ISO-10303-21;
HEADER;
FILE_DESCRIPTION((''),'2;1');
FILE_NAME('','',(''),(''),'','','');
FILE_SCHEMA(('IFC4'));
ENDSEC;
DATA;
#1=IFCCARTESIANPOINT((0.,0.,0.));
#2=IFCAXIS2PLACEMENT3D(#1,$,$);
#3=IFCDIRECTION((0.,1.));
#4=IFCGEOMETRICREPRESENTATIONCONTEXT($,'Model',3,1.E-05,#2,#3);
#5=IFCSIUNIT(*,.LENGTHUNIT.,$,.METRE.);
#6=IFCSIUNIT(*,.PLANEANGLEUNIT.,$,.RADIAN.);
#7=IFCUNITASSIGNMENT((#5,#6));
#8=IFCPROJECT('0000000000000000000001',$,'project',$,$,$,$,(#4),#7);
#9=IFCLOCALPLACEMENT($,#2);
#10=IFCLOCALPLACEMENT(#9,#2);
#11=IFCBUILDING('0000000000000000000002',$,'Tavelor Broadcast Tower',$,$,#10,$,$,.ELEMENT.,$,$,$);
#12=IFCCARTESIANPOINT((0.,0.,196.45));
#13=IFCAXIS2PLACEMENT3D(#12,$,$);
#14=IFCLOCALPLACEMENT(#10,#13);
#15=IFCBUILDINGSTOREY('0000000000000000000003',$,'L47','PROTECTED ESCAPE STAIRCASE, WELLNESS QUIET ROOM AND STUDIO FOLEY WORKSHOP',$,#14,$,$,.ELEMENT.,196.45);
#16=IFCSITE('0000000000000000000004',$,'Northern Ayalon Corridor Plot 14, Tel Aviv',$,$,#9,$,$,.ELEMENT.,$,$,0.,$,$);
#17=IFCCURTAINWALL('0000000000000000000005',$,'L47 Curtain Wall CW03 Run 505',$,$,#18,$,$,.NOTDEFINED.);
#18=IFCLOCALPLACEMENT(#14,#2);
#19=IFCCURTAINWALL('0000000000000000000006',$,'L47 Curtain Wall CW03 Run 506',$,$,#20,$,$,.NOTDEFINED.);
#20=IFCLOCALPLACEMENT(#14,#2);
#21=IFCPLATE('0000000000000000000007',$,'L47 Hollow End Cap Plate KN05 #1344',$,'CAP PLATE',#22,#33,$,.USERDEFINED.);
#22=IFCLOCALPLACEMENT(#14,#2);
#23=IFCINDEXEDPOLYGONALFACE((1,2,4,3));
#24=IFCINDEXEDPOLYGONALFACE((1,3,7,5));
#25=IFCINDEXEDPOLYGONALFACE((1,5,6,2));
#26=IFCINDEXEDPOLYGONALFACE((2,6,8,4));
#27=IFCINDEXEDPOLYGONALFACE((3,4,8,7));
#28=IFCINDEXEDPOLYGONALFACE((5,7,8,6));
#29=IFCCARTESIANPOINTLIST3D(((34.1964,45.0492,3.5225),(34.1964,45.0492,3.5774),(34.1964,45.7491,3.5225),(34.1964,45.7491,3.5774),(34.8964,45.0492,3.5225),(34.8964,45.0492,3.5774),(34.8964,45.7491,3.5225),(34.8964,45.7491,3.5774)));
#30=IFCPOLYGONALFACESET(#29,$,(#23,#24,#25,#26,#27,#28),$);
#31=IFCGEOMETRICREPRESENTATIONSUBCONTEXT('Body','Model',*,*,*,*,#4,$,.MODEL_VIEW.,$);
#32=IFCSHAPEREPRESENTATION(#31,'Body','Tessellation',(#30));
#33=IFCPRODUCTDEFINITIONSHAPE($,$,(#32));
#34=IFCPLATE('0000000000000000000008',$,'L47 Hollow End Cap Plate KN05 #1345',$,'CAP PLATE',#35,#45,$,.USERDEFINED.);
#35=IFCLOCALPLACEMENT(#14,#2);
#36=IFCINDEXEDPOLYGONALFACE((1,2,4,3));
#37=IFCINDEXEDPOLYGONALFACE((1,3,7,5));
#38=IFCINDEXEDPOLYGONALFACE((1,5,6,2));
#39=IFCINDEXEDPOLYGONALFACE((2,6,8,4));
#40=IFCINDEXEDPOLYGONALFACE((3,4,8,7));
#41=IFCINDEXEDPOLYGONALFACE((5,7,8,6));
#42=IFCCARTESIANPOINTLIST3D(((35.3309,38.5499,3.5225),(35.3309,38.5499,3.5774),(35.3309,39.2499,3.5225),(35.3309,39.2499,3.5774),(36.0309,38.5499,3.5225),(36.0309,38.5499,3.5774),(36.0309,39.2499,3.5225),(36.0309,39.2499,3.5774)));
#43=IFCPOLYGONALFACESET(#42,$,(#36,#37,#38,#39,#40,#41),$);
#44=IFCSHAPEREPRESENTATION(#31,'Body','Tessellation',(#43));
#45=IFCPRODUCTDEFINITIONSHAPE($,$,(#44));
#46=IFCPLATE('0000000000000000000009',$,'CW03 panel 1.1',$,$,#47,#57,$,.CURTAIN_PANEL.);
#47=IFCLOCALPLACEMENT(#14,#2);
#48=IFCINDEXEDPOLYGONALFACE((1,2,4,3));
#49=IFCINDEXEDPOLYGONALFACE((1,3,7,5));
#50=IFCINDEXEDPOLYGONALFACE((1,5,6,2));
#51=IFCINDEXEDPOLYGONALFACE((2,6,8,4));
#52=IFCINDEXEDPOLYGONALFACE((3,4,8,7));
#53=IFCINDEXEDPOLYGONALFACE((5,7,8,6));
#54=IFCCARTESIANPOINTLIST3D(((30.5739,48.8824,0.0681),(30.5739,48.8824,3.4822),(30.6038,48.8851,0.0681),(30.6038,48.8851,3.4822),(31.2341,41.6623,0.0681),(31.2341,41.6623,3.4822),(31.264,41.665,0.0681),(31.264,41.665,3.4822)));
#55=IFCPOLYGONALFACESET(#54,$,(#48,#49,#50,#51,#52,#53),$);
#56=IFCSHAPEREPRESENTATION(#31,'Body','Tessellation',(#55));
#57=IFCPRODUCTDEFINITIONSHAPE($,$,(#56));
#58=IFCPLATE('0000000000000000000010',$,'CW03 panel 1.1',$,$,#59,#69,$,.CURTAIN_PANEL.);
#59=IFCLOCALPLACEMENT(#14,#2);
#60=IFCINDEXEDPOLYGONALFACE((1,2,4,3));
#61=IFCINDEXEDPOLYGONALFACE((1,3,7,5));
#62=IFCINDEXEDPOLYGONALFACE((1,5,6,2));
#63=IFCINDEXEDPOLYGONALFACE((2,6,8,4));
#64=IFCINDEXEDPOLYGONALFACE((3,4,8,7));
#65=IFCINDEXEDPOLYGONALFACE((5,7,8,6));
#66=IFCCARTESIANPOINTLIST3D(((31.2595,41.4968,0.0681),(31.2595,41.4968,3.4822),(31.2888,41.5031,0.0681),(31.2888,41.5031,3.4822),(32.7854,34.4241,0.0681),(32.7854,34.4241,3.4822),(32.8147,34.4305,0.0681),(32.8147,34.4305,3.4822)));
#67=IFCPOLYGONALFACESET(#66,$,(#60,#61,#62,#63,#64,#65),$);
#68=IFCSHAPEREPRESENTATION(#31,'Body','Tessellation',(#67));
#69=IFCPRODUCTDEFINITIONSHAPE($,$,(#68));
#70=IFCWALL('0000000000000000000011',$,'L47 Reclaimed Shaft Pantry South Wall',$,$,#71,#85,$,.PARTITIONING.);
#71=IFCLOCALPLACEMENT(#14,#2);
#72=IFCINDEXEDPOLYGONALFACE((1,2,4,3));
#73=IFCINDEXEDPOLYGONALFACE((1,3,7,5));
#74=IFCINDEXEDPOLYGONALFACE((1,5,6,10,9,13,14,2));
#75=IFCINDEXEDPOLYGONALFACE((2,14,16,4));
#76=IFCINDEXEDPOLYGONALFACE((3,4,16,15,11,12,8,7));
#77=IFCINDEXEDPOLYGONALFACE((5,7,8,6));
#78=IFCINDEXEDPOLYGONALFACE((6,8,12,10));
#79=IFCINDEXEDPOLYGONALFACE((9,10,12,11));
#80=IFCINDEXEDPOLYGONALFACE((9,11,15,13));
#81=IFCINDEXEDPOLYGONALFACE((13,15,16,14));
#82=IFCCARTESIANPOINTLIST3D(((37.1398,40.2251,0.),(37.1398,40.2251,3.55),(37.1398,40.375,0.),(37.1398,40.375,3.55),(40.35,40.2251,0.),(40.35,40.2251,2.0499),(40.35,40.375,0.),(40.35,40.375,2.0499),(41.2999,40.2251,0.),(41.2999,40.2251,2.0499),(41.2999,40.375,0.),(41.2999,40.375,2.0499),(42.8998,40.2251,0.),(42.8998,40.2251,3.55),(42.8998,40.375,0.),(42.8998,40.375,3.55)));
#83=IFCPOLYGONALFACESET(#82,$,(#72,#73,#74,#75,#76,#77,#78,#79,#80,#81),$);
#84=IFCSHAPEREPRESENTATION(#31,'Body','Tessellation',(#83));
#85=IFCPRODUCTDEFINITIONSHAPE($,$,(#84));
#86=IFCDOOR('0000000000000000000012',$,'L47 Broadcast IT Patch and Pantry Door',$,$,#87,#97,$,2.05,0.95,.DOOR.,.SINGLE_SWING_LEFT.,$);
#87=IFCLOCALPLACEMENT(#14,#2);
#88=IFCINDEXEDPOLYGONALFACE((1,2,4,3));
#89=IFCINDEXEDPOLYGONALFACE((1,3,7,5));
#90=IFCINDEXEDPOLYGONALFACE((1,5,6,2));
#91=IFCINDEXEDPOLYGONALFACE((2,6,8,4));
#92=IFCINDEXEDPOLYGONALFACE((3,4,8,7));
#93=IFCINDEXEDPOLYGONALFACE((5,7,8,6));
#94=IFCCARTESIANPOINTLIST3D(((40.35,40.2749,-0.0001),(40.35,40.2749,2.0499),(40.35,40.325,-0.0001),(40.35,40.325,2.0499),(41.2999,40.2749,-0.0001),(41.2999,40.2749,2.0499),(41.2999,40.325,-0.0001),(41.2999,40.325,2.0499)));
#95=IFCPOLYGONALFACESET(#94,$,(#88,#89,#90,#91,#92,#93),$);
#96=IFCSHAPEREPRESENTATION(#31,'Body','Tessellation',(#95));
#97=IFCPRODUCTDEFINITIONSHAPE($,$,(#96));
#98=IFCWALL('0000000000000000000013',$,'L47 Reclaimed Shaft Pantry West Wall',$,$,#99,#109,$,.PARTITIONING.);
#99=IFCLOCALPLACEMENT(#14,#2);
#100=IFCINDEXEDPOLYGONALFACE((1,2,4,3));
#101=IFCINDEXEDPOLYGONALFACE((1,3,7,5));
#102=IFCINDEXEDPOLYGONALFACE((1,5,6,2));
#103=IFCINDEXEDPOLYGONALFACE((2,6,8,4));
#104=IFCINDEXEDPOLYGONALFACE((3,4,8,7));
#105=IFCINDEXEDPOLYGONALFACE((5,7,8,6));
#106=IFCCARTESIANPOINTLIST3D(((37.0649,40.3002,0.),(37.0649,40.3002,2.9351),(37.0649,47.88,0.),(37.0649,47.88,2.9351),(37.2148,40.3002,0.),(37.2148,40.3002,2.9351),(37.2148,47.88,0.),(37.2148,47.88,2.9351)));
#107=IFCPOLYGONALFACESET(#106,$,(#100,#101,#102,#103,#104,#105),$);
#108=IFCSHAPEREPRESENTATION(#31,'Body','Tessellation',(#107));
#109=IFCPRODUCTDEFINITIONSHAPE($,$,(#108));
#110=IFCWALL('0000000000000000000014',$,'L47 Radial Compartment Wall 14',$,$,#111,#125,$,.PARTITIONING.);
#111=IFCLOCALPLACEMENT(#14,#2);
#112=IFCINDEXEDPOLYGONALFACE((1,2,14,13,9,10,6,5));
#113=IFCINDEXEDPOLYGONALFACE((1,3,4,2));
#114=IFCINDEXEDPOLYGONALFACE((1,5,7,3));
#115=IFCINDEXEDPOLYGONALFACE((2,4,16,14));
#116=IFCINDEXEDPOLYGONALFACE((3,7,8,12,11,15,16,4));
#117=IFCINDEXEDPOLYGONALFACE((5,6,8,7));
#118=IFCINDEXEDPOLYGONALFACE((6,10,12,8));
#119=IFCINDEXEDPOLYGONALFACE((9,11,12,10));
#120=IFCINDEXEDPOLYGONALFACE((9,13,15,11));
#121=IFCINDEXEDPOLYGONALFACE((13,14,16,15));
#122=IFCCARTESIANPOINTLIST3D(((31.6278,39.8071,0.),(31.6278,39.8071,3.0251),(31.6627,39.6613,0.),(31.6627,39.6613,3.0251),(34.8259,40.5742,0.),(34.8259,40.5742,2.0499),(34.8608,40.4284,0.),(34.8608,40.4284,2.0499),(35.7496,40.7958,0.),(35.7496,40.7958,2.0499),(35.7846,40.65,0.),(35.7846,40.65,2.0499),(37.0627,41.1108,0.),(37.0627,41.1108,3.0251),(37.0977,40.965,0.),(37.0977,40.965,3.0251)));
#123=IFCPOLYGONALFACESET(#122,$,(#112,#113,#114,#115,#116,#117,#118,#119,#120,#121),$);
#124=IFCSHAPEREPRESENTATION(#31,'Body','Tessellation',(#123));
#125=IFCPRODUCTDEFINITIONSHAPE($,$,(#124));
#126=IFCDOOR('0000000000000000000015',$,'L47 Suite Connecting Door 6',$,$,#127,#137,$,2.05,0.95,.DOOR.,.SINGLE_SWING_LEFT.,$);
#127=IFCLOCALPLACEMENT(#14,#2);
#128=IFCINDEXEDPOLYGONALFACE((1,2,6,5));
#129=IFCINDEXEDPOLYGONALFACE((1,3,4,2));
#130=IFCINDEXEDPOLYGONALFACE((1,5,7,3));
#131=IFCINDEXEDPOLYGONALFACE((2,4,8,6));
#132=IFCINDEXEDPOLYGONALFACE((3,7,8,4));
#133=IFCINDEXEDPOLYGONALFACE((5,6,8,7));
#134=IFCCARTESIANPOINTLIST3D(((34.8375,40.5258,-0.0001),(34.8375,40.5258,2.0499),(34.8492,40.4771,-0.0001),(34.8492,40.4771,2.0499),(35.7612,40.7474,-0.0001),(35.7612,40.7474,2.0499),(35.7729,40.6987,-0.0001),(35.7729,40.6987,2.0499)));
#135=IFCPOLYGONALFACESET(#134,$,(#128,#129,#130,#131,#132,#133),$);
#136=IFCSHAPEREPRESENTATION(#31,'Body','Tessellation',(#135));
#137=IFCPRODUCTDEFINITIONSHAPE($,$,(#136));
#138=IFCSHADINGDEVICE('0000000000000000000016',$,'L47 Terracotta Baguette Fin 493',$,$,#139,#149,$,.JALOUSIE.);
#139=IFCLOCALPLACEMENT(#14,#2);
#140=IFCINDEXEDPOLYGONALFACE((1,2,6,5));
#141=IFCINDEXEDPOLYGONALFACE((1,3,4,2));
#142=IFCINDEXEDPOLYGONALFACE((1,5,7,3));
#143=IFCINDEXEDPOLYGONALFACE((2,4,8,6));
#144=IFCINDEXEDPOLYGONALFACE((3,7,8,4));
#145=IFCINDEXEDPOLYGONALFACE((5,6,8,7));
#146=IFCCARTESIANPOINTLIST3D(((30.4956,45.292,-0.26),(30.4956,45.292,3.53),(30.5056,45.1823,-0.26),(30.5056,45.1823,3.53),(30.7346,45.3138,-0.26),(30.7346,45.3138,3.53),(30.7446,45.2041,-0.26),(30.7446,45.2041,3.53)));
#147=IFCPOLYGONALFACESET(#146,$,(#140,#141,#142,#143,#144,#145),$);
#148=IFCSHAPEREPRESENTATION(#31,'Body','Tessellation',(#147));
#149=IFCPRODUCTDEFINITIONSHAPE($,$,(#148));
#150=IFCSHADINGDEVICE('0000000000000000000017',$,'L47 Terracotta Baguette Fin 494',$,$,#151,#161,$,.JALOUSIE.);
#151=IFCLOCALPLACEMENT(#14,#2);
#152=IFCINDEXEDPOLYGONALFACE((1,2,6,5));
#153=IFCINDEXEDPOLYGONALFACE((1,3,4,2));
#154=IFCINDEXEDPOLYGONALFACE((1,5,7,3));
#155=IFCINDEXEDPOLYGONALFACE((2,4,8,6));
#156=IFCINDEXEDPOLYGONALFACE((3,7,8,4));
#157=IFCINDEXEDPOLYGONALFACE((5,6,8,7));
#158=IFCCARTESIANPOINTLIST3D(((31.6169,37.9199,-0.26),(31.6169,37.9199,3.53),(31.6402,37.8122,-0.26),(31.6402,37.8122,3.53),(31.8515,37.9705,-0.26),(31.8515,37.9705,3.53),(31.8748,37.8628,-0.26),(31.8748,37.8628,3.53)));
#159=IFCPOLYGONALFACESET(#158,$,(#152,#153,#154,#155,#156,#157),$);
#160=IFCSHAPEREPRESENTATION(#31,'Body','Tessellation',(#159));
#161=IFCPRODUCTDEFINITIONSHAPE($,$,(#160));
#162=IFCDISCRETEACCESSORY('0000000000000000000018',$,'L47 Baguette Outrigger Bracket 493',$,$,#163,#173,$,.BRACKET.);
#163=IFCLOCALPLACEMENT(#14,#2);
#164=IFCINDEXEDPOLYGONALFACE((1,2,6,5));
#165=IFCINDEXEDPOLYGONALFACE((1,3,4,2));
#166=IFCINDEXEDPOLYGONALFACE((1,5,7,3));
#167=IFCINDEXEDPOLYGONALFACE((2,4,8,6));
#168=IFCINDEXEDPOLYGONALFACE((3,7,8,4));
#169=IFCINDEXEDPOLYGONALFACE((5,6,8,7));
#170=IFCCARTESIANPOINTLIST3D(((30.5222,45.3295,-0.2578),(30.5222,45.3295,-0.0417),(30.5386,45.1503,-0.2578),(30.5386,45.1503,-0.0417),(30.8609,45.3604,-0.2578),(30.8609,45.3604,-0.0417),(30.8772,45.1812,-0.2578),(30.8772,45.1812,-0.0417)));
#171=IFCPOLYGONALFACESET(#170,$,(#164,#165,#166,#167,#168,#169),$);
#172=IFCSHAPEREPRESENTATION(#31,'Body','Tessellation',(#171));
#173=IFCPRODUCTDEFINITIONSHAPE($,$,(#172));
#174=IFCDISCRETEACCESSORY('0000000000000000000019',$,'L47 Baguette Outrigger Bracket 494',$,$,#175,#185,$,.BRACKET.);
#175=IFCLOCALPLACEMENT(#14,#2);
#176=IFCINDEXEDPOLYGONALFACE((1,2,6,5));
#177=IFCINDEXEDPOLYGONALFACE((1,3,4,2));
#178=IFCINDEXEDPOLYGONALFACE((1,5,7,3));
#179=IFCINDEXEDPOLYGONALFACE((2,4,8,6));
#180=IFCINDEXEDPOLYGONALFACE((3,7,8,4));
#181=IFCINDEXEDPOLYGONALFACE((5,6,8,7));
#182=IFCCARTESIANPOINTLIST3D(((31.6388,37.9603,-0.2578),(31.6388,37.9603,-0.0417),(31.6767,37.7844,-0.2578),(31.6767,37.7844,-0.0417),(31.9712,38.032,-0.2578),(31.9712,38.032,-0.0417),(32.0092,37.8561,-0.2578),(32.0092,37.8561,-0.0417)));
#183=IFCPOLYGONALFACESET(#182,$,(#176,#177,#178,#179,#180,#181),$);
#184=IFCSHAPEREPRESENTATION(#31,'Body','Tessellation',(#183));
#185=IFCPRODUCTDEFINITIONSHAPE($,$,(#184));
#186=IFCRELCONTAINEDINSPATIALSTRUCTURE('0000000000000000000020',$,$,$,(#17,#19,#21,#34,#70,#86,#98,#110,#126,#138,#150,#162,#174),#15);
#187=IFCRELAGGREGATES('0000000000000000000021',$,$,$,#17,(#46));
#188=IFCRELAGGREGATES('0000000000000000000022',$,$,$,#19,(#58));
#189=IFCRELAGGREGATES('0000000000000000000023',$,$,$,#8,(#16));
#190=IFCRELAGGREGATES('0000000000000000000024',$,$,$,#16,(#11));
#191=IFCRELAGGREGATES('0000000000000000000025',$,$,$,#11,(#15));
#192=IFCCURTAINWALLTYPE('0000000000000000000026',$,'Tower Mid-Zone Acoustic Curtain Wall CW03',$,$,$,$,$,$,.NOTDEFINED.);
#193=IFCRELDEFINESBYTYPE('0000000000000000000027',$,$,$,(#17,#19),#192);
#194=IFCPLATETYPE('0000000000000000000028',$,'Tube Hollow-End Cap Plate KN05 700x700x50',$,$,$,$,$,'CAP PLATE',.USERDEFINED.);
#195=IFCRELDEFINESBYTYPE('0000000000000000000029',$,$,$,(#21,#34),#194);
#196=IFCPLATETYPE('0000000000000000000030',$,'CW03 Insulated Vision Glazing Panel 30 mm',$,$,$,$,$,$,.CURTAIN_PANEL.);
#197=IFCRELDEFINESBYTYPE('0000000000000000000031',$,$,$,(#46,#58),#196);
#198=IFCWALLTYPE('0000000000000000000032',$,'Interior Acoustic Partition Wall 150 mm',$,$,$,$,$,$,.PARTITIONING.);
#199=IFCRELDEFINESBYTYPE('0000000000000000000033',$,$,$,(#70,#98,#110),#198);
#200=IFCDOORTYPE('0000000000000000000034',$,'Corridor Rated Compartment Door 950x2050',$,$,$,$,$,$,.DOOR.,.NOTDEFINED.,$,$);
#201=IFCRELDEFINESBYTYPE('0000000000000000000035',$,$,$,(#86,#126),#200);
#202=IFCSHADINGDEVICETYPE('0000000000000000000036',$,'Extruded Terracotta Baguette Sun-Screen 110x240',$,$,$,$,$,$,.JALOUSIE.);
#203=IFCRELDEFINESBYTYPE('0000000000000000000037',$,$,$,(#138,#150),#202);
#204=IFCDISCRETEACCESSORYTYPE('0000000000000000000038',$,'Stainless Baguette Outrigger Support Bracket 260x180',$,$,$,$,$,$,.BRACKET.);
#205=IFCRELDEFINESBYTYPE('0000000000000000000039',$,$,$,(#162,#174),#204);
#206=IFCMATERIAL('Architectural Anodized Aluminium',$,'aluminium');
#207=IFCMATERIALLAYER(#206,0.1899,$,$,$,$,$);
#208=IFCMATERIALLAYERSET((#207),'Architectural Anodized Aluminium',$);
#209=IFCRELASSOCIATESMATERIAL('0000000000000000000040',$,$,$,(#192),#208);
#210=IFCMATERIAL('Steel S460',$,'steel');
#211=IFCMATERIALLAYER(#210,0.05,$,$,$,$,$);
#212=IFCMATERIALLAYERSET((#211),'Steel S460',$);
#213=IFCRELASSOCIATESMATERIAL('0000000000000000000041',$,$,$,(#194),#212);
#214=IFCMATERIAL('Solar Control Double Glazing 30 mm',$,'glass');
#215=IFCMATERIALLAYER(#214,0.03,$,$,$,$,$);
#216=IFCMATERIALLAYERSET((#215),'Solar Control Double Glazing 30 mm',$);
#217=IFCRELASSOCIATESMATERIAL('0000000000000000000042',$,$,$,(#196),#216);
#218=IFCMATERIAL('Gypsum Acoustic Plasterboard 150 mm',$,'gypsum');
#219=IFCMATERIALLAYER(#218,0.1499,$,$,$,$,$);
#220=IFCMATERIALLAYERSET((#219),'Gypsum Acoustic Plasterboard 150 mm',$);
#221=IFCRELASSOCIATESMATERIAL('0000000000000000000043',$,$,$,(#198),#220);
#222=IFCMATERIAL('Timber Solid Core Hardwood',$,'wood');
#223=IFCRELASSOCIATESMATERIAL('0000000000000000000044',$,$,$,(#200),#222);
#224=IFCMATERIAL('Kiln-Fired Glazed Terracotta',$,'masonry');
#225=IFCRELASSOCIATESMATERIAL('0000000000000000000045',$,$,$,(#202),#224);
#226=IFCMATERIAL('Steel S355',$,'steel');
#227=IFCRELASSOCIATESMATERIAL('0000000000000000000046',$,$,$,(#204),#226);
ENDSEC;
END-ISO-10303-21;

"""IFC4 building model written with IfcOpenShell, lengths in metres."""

from ifc_helpers import new_model, si_unit, direction, frame, frame_2d, origin, origin_2d, place, context, subcontext, project, spatial, rectangle, extrude, source, transform, mapped, material, layer, layer_set, type_object, type_shapes, element, fill, aggregate, save


model = new_model("IFC4")

# Units and contexts
model_context = context("Model", 3, precision=1e-05, world=origin(), true_north=direction((0.0, 1.0)))
body_context = subcontext(model_context, "Body", "Model", "MODEL_VIEW")
ifc_project = project(units=[si_unit("LENGTHUNIT", "METRE"), si_unit("PLANEANGLEUNIT", "RADIAN")], contexts=[model_context])

# Site, building, storey
site_placement = place(None, origin())
site = spatial("IfcSite", under=ifc_project, at=site_placement, Name="Northern Ayalon Corridor Plot 14, Tel Aviv", CompositionType="ELEMENT", RefElevation=0.0)
building_placement = place(site_placement, origin())
building = spatial("IfcBuilding", under=site, at=building_placement, Name="Tavelor Broadcast Tower", CompositionType="ELEMENT")
storey_placement = place(building_placement, frame((0.0, 0.0, 196.45)))
storey = spatial("IfcBuildingStorey", under=building, at=storey_placement, Name="L47", Description="PROTECTED ESCAPE STAIRCASE, WELLNESS QUIET ROOM AND STUDIO FOLEY WORKSHOP", CompositionType="ELEMENT", Elevation=196.45)

# Shared definitions
ifc_material_1 = material(Name="Steel S460", Category="steel")

# Shared definitions
ifc_material_2 = material(Name="Steel S355", Category="steel")

# Curtain wall
ifc_material_3 = material(Name="Architectural Anodized Aluminium", Category="aluminium")
ifc_layer_1 = layer(ifc_material_3, 0.1899)
ifc_layer_set_1 = layer_set([ifc_layer_1], Name="Architectural Anodized Aluminium")
curtain_wall_type = type_object("IfcCurtainWallType", Name="Tower Mid-Zone Acoustic Curtain Wall CW03", PredefinedType="NOTDEFINED", material=ifc_layer_set_1)
curtain_wall_1_placement = place(storey_placement, origin())
curtain_wall_1 = element("IfcCurtainWall", 1, at=curtain_wall_1_placement, inside=storey, type_object=curtain_wall_type, Name="L47 Curtain Wall CW03 Run 505", PredefinedType="NOTDEFINED")

# Curtain wall
curtain_wall_2_placement = place(storey_placement, origin())
curtain_wall_2 = element("IfcCurtainWall", 2, at=curtain_wall_2_placement, inside=storey, type_object=curtain_wall_type, Name="L47 Curtain Wall CW03 Run 506", PredefinedType="NOTDEFINED")

# Plates
ifc_layer_2 = layer(ifc_material_1, 0.05)
ifc_layer_set_2 = layer_set([ifc_layer_2], Name="Steel S460")
plate_type_1 = type_object("IfcPlateType", Name="Tube Hollow-End Cap Plate KN05 700x700x50", ElementType="CAP PLATE", PredefinedType="USERDEFINED", material=ifc_layer_set_2)
shared_shape_1 = source(origin(), body_context, "Body", "SweptSolid", [
    extrude(rectangle(XDim=0.7, YDim=0.7, at=origin_2d()), origin(), (0.0, 0.0, 1.0), 0.0549),
])
type_shapes(plate_type_1, [shared_shape_1])
for number, where, z_axis, x_axis, name in (
    (3, (34.5464, 45.3992, 3.5225), (0.0, 0.0, 1.0), (1.0, 0.0, 0.0), "L47 Hollow End Cap Plate KN05 #1344"),
    (4, (35.6809, 38.8999, 3.5225), (0.0, 0.0, 1.0), (1.0, 0.0, 0.0), "L47 Hollow End Cap Plate KN05 #1345"),
):
    element("IfcPlate", number, at=place(storey_placement, frame(where, z_axis=z_axis, x_axis=x_axis)), inside=storey, type_object=plate_type_1, Name=name, ObjectType="CAP PLATE", PredefinedType="USERDEFINED", context=body_context, shape_type="MappedRepresentation", body=[
        mapped(shared_shape_1, transform((0.0, 0.0, 0.0), scale=1.0)),
    ])

# Plates
ifc_material_4 = material(Name="Solar Control Double Glazing 30 mm", Category="glass")
ifc_layer_3 = layer(ifc_material_4, 0.03)
ifc_layer_set_3 = layer_set([ifc_layer_3], Name="Solar Control Double Glazing 30 mm")
plate_type_2 = type_object("IfcPlateType", Name="CW03 Insulated Vision Glazing Panel 30 mm", PredefinedType="CURTAIN_PANEL", material=ifc_layer_set_3)
shared_shape_2 = source(origin(), body_context, "Body", "SweptSolid", [
    extrude(rectangle(XDim=7.2502, YDim=0.03, at=origin_2d()), origin(), (0.0, 0.0, 1.0), 3.4141),
])
plate_1_placement = place(storey_placement, frame((30.9189, 45.2737, 0.0681), z_axis=(0.0, 0.0, 1.0), x_axis=(0.091061, -0.995845, 0.0)))
plate_1 = element("IfcPlate", 5, at=plate_1_placement, type_object=plate_type_2, Name="CW03 panel 1.1", PredefinedType="CURTAIN_PANEL", context=body_context, shape_type="MappedRepresentation", body=[
    mapped(shared_shape_2, transform((0.0, 0.0, 0.0), scale=1.0)),
])
aggregate(curtain_wall_1, [plate_1])
shared_shape_3 = source(origin(), body_context, "Body", "SweptSolid", [
    extrude(rectangle(XDim=7.2354, YDim=0.03, at=origin_2d()), origin(), (0.0, 0.0, 1.0), 3.4141),
])
type_shapes(plate_type_2, [shared_shape_2, shared_shape_3])
plate_2_placement = place(storey_placement, frame((32.0371, 37.9636, 0.0681), z_axis=(0.0, 0.0, 1.0), x_axis=(0.210896, -0.977508, 0.0)))
plate_2 = element("IfcPlate", 6, at=plate_2_placement, type_object=plate_type_2, Name="CW03 panel 1.1", PredefinedType="CURTAIN_PANEL", context=body_context, shape_type="MappedRepresentation", body=[
    mapped(shared_shape_3, transform((0.0, 0.0, 0.0), scale=1.0)),
])
aggregate(curtain_wall_2, [plate_2])

# Wall, opening, door
ifc_material_5 = material(Name="Gypsum Acoustic Plasterboard 150 mm", Category="gypsum")
ifc_layer_4 = layer(ifc_material_5, 0.1499)
ifc_layer_set_4 = layer_set([ifc_layer_4], Name="Gypsum Acoustic Plasterboard 150 mm")
wall_type = type_object("IfcWallType", Name="Interior Acoustic Partition Wall 150 mm", PredefinedType="PARTITIONING", material=ifc_layer_set_4)
wall_1_placement = place(storey_placement, frame((37.1399, 40.3, 0.0), z_axis=(0.0, 0.0, 1.0), x_axis=(1.0, 0.0, 0.0)))
wall_1 = element("IfcWall", 7, at=wall_1_placement, inside=storey, type_object=wall_type, Name="L47 Reclaimed Shaft Pantry South Wall", PredefinedType="PARTITIONING", context=body_context, shape_type="SweptSolid", body=[
    extrude(rectangle(XDim=5.76, YDim=0.1499, at=frame_2d((2.8799, 0.0))), origin(), (0.0, 0.0, 1.0), 3.55),
])
opening_1_placement = place(wall_1_placement, frame((3.21, 0.0, 0.0)))
opening_1 = element("IfcOpeningElement", 8, at=opening_1_placement, cuts=wall_1, PredefinedType="OPENING", context=body_context, shape_type="SweptSolid", body=[
    extrude(rectangle(XDim=0.95, YDim=2.05, at=frame_2d((0.4751, 1.0249))), frame((0.0, 0.085, 0.0), z_axis=(0.0, -1.0, 0.0), x_axis=(1.0, 0.0, 0.0)), (0.0, 0.0, 1.0), 0.1699),
])
ifc_material_6 = material(Name="Timber Solid Core Hardwood", Category="wood")
door_type = type_object("IfcDoorType", Name="Corridor Rated Compartment Door 950x2050", OperationType="NOTDEFINED", PredefinedType="DOOR", material=ifc_material_6)
door_1_placement = place(opening_1_placement, origin())
door_1 = element("IfcDoor", 9, at=door_1_placement, inside=storey, type_object=door_type, Name="L47 Broadcast IT Patch and Pantry Door", OperationType="SINGLE_SWING_LEFT", OverallHeight=2.05, OverallWidth=0.95, PredefinedType="DOOR", context=body_context, shape_type="SweptSolid", body=[
    extrude(rectangle(XDim=0.95, YDim=2.05, at=frame_2d((0.4751, 1.0249))), frame((0.0, 0.0249, 0.0), z_axis=(0.0, -1.0, 0.0), x_axis=(1.0, 0.0, 0.0)), (0.0, 0.0, 1.0), 0.05),
])
fill(opening_1, door_1)

# Wall
wall_2_placement = place(storey_placement, frame((37.1399, 40.3, 0.0), z_axis=(0.0, 0.0, 1.0), x_axis=(0.0, 1.0, 0.0)))
element("IfcWall", 10, at=wall_2_placement, inside=storey, type_object=wall_type, Name="L47 Reclaimed Shaft Pantry West Wall", PredefinedType="PARTITIONING", context=body_context, shape_type="SweptSolid", body=[
    extrude(rectangle(XDim=7.5798, YDim=0.1499, at=frame_2d((3.79, 0.0))), origin(), (0.0, 0.0, 1.0), 2.9351),
])

# Wall, opening, door
wall_3_placement = place(storey_placement, frame((37.0801, 41.0378, 0.0), z_axis=(0.0, 0.0, 1.0), x_axis=(-0.972416, -0.233254, 0.0)))
wall_3 = element("IfcWall", 11, at=wall_3_placement, inside=storey, type_object=wall_type, Name="L47 Radial Compartment Wall 14", PredefinedType="PARTITIONING", context=body_context, shape_type="SweptSolid", body=[
    extrude(rectangle(XDim=5.5891, YDim=0.1499, at=frame_2d((2.7944, 0.0))), origin(), (0.0, 0.0, 1.0), 3.0251),
])
opening_2_placement = place(wall_3_placement, frame((1.3501, 0.0, 0.0)))
opening_2 = element("IfcOpeningElement", 12, at=opening_2_placement, cuts=wall_3, PredefinedType="OPENING", context=body_context, shape_type="SweptSolid", body=[
    extrude(rectangle(XDim=0.95, YDim=2.05, at=frame_2d((0.4751, 1.0249))), frame((0.0, 0.085, 0.0), z_axis=(0.0, -1.0, 0.0), x_axis=(1.0, 0.0, 0.0)), (0.0, 0.0, 1.0), 0.1699),
])
door_2_placement = place(opening_2_placement, origin())
door_2 = element("IfcDoor", 13, at=door_2_placement, inside=storey, type_object=door_type, Name="L47 Suite Connecting Door 6", OperationType="SINGLE_SWING_LEFT", OverallHeight=2.05, OverallWidth=0.95, PredefinedType="DOOR", context=body_context, shape_type="SweptSolid", body=[
    extrude(rectangle(XDim=0.95, YDim=2.05, at=frame_2d((0.4751, 1.0249))), frame((0.0, 0.0249, 0.0), z_axis=(0.0, -1.0, 0.0), x_axis=(1.0, 0.0, 0.0)), (0.0, 0.0, 1.0), 0.05),
])
fill(opening_2, door_2)

# Shading devices
ifc_material_7 = material(Name="Kiln-Fired Glazed Terracotta", Category="masonry")
shading_device_type = type_object("IfcShadingDeviceType", Name="Extruded Terracotta Baguette Sun-Screen 110x240", PredefinedType="JALOUSIE", material=ifc_material_7)
shared_shape_4 = source(origin(), body_context, "Body", "SweptSolid", [
    extrude(rectangle(XDim=0.1101, YDim=0.24, at=origin_2d()), origin(), (0.0, 0.0, 1.0), 3.79),
])
type_shapes(shading_device_type, [shared_shape_4])
for number, where, z_axis, x_axis, name in (
    (14, (30.6201, 45.248, -0.26), (0.0, 0.0, 1.0), (0.09098, -0.995853, 0.0), "L47 Terracotta Baguette Fin 493"),
    (15, (31.7458, 37.8914, -0.26), (0.0, 0.0, 1.0), (0.210813, -0.977526, 0.0), "L47 Terracotta Baguette Fin 494"),
):
    element("IfcShadingDevice", number, at=place(storey_placement, frame(where, z_axis=z_axis, x_axis=x_axis)), inside=storey, type_object=shading_device_type, Name=name, PredefinedType="JALOUSIE", context=body_context, shape_type="MappedRepresentation", body=[
        mapped(shared_shape_4, transform((0.0, 0.0, 0.0), scale=1.0)),
    ])

# Discrete accessories
discrete_accessory_type = type_object("IfcDiscreteAccessoryType", Name="Stainless Baguette Outrigger Support Bracket 260x180", PredefinedType="BRACKET", material=ifc_material_2)
shared_shape_5 = source(origin(), body_context, "Body", "SweptSolid", [
    extrude(rectangle(XDim=0.1799, YDim=0.3401, at=origin_2d()), origin(), (0.0, 0.0, 1.0), 0.2161),
])
type_shapes(discrete_accessory_type, [shared_shape_5])
for number, where, z_axis, x_axis, name in (
    (16, (30.6997, 45.2554, -0.2578), (0.0, 0.0, 1.0), (0.09098, -0.995853, 0.0), "L47 Baguette Outrigger Bracket 493"),
    (17, (31.824, 37.9082, -0.2578), (0.0, 0.0, 1.0), (0.210813, -0.977526, 0.0), "L47 Baguette Outrigger Bracket 494"),
):
    element("IfcDiscreteAccessory", number, at=place(storey_placement, frame(where, z_axis=z_axis, x_axis=x_axis)), inside=storey, type_object=discrete_accessory_type, Name=name, PredefinedType="BRACKET", context=body_context, shape_type="MappedRepresentation", body=[
        mapped(shared_shape_5, transform((0.0, 0.0, 0.0), scale=1.0)),
    ])

save(model, "model.ifc")
